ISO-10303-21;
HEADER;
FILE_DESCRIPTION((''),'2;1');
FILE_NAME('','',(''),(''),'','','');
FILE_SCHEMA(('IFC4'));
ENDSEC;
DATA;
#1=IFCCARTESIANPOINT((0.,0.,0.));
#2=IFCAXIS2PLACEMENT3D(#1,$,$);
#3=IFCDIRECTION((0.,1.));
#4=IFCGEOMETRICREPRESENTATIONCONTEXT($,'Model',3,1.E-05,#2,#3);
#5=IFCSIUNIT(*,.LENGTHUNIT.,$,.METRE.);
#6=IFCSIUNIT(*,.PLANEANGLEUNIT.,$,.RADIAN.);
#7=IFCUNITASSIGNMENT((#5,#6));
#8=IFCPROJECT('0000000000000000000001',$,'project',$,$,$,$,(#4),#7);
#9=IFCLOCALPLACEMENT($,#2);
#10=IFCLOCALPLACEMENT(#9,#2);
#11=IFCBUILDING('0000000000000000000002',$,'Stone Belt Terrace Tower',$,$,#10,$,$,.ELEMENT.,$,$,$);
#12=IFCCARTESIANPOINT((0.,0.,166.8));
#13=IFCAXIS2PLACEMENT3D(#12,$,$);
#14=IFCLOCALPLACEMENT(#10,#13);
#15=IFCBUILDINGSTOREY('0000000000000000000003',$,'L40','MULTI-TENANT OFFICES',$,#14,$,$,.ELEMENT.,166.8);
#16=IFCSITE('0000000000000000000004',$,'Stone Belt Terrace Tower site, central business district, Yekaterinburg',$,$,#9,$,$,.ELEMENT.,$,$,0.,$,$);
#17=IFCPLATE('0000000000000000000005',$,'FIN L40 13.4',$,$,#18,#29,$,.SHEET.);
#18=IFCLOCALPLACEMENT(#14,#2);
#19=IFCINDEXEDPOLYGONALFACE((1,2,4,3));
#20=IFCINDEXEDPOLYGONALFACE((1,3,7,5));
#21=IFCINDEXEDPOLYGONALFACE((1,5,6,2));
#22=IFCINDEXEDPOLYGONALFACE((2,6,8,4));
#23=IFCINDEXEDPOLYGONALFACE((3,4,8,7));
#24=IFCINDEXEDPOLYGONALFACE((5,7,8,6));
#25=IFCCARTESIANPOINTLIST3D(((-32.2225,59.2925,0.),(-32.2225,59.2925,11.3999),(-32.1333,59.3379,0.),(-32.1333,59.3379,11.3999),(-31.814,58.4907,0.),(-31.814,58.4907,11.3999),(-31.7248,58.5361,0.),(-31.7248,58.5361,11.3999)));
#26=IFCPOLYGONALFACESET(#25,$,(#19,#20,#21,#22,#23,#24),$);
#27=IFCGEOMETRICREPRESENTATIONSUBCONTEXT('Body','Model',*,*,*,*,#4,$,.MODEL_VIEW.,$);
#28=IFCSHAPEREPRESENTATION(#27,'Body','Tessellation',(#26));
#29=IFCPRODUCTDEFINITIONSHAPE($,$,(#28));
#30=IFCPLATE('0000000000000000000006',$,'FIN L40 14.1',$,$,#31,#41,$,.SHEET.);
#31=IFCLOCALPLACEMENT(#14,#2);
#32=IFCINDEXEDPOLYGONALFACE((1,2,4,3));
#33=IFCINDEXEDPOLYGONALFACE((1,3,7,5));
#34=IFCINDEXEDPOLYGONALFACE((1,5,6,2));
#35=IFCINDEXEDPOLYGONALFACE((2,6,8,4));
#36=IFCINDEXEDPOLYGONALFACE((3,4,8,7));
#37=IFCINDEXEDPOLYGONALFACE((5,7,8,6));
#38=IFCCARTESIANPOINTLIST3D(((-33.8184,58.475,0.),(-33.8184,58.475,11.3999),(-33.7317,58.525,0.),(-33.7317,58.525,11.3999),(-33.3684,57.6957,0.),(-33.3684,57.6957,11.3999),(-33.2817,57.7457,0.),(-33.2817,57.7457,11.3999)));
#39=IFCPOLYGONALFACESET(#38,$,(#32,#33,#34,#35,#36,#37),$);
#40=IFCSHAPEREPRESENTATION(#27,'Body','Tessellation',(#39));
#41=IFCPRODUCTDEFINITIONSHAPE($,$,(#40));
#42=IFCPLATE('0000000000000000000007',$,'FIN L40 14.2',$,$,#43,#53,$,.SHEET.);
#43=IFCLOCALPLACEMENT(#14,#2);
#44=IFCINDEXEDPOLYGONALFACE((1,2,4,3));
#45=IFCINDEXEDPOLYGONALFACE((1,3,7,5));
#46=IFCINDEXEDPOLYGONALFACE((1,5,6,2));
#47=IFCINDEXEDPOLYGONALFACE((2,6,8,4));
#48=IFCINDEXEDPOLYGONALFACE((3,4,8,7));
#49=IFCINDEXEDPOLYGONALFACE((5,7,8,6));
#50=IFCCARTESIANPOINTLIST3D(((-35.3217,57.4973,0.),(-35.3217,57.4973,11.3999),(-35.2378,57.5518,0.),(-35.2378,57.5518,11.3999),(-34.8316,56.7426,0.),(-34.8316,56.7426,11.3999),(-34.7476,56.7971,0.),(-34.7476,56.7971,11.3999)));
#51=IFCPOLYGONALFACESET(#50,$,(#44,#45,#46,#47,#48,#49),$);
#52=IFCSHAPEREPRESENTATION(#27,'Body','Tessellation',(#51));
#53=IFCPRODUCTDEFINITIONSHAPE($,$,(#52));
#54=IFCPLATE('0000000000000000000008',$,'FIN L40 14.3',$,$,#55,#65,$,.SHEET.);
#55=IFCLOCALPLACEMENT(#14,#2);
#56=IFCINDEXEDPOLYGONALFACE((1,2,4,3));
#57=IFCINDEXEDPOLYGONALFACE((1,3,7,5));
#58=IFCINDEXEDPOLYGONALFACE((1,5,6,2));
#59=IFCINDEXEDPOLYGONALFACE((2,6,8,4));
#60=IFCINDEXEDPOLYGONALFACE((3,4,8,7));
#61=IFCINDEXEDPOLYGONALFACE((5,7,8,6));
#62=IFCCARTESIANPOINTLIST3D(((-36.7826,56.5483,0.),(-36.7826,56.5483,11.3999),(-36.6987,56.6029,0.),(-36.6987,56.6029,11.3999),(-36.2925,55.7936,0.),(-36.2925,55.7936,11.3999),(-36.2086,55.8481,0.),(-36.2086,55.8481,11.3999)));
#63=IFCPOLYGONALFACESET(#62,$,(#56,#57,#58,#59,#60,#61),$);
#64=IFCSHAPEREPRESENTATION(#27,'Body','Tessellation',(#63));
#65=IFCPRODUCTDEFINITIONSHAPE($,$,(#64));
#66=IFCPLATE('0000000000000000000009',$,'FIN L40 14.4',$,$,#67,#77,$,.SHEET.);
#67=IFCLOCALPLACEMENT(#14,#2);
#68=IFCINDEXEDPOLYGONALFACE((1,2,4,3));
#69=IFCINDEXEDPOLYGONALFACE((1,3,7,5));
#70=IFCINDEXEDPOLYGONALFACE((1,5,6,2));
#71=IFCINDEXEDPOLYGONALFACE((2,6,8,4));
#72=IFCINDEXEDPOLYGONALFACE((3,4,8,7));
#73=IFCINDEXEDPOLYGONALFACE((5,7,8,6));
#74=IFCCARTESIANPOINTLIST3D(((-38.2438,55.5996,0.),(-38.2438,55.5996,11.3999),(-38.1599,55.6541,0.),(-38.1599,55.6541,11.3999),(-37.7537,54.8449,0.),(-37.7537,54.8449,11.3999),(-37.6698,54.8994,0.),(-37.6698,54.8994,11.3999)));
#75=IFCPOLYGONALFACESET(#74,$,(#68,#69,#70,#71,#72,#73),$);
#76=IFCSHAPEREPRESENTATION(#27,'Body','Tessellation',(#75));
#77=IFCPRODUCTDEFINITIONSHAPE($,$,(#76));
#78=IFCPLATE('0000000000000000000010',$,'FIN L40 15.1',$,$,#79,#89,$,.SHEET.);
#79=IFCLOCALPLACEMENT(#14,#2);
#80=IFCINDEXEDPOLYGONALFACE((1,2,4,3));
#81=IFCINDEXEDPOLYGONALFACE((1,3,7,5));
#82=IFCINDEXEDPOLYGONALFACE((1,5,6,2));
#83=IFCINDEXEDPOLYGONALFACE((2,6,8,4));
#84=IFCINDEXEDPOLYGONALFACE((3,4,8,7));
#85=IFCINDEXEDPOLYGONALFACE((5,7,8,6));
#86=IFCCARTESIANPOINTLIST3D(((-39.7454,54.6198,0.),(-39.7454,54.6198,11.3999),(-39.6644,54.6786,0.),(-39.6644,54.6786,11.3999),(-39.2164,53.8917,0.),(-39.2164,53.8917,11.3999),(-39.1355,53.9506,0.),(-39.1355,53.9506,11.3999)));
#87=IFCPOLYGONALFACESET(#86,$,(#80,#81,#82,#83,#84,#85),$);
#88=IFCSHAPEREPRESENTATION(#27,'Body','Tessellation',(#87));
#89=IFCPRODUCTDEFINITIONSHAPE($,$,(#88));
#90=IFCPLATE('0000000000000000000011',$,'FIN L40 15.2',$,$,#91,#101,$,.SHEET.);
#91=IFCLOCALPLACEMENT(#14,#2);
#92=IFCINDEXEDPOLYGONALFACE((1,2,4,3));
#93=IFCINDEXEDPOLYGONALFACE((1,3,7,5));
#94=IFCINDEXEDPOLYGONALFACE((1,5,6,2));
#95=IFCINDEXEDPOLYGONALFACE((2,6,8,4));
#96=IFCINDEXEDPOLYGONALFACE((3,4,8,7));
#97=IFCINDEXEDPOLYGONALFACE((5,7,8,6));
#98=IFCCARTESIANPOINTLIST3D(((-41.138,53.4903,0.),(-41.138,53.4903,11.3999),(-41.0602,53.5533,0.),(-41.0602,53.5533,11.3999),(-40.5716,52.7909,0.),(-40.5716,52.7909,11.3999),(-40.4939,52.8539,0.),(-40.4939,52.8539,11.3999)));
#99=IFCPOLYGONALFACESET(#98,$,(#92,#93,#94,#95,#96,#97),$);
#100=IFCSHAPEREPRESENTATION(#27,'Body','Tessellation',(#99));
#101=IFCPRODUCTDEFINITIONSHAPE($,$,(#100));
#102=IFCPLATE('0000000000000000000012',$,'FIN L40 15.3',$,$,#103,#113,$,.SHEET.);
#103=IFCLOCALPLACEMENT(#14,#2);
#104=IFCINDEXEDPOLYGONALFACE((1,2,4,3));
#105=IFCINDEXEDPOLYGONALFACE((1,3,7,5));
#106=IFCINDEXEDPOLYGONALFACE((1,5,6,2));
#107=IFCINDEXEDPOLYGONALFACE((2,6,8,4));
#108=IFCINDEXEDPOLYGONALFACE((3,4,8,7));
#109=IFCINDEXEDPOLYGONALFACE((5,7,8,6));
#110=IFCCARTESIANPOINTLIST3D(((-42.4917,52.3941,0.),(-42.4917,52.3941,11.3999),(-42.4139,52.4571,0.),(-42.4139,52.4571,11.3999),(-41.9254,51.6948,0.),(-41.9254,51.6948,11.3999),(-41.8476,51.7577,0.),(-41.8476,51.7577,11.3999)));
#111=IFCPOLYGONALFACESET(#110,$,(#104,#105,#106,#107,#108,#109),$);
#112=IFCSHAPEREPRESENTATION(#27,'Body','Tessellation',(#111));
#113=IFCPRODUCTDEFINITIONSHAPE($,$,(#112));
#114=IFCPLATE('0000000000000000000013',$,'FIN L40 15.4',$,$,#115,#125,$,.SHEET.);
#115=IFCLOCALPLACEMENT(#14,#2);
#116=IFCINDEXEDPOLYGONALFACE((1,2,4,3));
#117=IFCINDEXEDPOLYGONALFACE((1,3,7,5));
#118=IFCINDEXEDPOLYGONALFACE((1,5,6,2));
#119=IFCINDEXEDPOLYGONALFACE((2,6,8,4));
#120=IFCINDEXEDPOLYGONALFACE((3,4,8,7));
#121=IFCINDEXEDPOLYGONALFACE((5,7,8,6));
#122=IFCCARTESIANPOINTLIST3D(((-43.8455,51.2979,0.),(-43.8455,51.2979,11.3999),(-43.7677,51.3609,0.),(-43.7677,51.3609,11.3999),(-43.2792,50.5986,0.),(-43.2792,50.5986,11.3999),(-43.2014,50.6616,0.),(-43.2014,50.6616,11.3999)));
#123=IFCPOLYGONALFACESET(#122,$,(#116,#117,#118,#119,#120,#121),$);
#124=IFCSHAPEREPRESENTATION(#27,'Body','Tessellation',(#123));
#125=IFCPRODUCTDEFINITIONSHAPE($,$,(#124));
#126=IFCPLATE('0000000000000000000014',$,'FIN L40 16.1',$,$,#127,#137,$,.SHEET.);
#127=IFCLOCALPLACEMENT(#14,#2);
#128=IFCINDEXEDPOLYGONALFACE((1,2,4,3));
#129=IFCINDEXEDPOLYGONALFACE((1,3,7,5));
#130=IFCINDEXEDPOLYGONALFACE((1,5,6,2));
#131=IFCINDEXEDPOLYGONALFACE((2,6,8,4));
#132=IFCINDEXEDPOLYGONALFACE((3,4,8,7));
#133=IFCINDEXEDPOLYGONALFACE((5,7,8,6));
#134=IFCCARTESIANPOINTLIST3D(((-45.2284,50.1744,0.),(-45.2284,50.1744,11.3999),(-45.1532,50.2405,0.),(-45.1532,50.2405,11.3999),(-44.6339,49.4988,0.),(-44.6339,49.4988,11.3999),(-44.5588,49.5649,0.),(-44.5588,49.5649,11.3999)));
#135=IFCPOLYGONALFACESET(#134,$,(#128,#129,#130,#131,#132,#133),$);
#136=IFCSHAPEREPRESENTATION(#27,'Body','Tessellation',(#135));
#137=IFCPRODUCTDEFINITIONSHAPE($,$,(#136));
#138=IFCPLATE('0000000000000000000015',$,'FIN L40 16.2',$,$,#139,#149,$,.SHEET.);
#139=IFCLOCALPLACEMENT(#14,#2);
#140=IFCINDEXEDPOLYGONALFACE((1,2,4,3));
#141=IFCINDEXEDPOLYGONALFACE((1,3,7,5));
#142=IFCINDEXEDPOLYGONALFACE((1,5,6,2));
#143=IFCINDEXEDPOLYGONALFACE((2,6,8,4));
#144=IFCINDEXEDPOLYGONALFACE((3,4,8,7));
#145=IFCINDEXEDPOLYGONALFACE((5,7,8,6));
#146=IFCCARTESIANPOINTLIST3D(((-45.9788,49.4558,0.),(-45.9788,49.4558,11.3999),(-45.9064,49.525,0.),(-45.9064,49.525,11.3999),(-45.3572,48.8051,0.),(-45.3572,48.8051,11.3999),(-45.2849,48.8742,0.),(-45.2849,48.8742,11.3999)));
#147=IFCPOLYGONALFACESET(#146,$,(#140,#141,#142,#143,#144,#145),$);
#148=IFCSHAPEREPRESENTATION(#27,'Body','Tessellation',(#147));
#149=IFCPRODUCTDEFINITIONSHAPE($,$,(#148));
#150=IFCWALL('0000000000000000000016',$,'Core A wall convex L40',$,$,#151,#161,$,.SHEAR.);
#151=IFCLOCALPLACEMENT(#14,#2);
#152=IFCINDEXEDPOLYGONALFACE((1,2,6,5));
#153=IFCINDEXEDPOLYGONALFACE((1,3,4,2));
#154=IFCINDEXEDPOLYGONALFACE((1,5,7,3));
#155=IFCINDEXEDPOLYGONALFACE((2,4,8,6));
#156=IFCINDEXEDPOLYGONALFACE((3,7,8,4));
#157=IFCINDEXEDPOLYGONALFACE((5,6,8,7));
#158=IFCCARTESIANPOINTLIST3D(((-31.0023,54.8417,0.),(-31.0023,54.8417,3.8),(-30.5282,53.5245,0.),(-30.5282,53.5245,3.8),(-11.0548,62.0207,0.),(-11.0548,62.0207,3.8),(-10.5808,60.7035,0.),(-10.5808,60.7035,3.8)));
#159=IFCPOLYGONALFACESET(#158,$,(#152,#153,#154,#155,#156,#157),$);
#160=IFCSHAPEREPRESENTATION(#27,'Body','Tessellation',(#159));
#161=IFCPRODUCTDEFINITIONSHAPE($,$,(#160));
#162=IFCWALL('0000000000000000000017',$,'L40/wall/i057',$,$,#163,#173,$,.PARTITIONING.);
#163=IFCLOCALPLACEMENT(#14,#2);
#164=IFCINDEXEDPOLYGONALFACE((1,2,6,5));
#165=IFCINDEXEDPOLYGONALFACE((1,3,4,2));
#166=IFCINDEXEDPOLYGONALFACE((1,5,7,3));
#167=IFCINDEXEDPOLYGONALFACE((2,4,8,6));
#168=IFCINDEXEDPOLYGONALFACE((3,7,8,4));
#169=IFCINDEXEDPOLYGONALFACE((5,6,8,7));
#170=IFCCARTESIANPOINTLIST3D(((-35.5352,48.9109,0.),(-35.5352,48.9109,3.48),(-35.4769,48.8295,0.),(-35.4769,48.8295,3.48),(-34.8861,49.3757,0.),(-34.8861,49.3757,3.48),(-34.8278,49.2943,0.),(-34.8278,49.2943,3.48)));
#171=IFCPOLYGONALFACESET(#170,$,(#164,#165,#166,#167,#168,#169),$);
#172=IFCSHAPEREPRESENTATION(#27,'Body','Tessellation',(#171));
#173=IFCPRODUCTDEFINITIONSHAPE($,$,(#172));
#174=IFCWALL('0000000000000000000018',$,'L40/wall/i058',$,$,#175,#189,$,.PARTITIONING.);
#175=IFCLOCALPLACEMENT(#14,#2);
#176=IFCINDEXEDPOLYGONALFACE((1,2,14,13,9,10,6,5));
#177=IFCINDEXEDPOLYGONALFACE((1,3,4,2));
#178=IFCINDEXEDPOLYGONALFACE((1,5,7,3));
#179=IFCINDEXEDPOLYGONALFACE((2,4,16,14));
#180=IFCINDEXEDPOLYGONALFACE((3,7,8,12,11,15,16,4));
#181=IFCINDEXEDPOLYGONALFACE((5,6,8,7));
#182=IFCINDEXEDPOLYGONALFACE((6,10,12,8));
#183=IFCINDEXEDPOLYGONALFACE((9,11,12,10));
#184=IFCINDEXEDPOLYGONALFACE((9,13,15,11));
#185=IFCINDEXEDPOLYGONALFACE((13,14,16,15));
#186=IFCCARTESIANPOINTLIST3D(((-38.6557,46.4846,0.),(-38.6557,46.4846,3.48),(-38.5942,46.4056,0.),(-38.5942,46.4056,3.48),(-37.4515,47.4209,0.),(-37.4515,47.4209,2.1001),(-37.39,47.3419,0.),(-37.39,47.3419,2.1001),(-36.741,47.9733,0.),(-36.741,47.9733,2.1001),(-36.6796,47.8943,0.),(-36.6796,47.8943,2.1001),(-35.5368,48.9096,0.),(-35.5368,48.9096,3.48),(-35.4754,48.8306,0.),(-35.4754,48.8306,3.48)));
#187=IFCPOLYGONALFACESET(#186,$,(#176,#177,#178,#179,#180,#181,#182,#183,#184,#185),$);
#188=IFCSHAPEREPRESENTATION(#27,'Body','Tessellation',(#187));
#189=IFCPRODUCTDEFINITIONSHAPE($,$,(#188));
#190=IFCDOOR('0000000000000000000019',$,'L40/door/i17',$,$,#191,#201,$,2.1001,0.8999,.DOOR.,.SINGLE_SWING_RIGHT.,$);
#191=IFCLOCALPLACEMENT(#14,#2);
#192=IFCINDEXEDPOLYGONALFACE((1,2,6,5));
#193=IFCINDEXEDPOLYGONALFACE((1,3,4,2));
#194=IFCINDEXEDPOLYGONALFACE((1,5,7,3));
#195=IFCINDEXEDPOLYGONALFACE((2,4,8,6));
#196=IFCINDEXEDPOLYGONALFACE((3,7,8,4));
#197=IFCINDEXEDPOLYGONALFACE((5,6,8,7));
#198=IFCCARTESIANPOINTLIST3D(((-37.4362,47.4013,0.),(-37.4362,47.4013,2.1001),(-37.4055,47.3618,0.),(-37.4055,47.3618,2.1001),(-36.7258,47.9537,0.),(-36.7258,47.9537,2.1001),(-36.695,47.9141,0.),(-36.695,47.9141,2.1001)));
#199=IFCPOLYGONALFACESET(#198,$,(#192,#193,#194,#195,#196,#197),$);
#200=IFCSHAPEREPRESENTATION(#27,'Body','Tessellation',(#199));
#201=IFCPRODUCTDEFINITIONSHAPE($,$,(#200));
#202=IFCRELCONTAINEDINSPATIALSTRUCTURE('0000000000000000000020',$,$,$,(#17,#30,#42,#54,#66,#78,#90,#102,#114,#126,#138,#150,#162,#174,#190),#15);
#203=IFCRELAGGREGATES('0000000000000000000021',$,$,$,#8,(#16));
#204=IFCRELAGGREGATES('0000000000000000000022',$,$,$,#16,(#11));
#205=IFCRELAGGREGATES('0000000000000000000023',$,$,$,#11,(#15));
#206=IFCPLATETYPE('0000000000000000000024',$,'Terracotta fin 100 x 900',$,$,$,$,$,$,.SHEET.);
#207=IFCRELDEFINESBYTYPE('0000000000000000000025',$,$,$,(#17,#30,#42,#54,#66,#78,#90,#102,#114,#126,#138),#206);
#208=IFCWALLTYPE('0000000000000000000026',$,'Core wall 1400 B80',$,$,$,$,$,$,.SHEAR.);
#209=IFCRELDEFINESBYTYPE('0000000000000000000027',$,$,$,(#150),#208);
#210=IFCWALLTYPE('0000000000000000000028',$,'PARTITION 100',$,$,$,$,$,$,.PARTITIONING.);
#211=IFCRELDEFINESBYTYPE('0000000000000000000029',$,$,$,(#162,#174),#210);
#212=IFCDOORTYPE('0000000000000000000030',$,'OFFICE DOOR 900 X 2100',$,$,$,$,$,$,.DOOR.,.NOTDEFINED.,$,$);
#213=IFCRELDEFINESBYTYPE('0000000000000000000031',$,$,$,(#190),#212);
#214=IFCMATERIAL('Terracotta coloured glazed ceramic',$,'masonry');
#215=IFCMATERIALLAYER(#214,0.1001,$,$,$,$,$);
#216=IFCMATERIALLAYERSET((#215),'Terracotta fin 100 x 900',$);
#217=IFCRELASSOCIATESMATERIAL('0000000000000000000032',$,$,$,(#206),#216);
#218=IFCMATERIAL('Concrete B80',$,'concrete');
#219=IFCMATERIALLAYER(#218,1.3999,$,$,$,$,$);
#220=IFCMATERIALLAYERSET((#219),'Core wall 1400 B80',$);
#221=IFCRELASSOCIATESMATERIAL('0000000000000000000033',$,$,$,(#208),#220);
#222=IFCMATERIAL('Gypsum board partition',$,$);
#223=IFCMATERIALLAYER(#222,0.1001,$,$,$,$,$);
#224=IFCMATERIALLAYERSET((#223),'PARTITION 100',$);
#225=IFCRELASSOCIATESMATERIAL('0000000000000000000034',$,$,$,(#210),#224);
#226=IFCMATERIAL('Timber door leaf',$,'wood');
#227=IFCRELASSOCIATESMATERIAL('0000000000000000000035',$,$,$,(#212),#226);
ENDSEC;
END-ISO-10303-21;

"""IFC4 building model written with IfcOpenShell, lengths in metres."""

from ifc_helpers import new_model, si_unit, direction, frame, frame_2d, origin, origin_2d, place, context, subcontext, project, spatial, rectangle, extrude, material, layer, layer_set, type_object, element, fill, save


model = new_model("IFC4")

# Units and contexts
model_context = context("Model", 3, precision=1e-05, world=origin(), true_north=direction((0.0, 1.0)))
body_context = subcontext(model_context, "Body", "Model", "MODEL_VIEW")
ifc_project = project(units=[si_unit("LENGTHUNIT", "METRE"), si_unit("PLANEANGLEUNIT", "RADIAN")], contexts=[model_context])

# Site, building, storey
site_placement = place(None, origin())
site = spatial("IfcSite", under=ifc_project, at=site_placement, Name="Stone Belt Terrace Tower site, central business district, Yekaterinburg", CompositionType="ELEMENT", RefElevation=0.0)
building_placement = place(site_placement, origin())
building = spatial("IfcBuilding", under=site, at=building_placement, Name="Stone Belt Terrace Tower", CompositionType="ELEMENT")
storey_placement = place(building_placement, frame((0.0, 0.0, 166.8)))
storey = spatial("IfcBuildingStorey", under=building, at=storey_placement, Name="L40", Description="MULTI-TENANT OFFICES", CompositionType="ELEMENT", Elevation=166.8)

# Shared definitions
ifc_material_1 = material(Name="Concrete B80", Category="concrete")

# Plates
ifc_material_2 = material(Name="Terracotta coloured glazed ceramic", Category="masonry")
ifc_layer_1 = layer(ifc_material_2, 0.1001)
ifc_layer_set_1 = layer_set([ifc_layer_1], Name="Terracotta fin 100 x 900")
plate_type_1 = type_object("IfcPlateType", Name="Terracotta fin 100 x 900", PredefinedType="SHEET", material=ifc_layer_set_1)
for number, where, z_axis, x_axis, name in (
    (1, (-31.9736, 58.9143, 0.0), (0.0, 0.0, 1.0), (-0.45399, 0.891007, 0.0), "FIN L40 13.4"),
    (2, (-33.55, 58.1104, 0.0), (0.0, 0.0, 1.0), (-0.5, 0.866025, 0.0), "FIN L40 14.1"),
    (3, (-35.0347, 57.1472, 0.0), (0.0, 0.0, 1.0), (-0.544639, 0.838671, 0.0), "FIN L40 14.2"),
    (4, (-36.4956, 56.1982, 0.0), (0.0, 0.0, 1.0), (-0.544639, 0.838671, 0.0), "FIN L40 14.3"),
    (5, (-37.9568, 55.2495, 0.0), (0.0, 0.0, 1.0), (-0.544639, 0.838671, 0.0), "FIN L40 14.4"),
    (6, (-39.4404, 54.2852, 0.0), (0.0, 0.0, 1.0), (-0.587785, 0.809017, 0.0), "FIN L40 15.1"),
    (7, (-40.8159, 53.1721, 0.0), (0.0, 0.0, 1.0), (-0.62932, 0.777146, 0.0), "FIN L40 15.2"),
    (8, (-42.1697, 52.0759, 0.0), (0.0, 0.0, 1.0), (-0.62932, 0.777146, 0.0), "FIN L40 15.3"),
    (9, (-43.5234, 50.9797, 0.0), (0.0, 0.0, 1.0), (-0.62932, 0.777146, 0.0), "FIN L40 15.4"),
    (10, (-44.8936, 49.8696, 0.0), (0.0, 0.0, 1.0), (-0.660573, 0.750761, 0.0), "FIN L40 16.1"),
    (11, (-45.6318, 49.165, 0.0), (0.0, 0.0, 1.0), (-0.690721, 0.723121, 0.0), "FIN L40 16.2"),
):
    element("IfcPlate", number, at=place(storey_placement, frame(where, z_axis=z_axis, x_axis=x_axis)), inside=storey, type_object=plate_type_1, Name=name, PredefinedType="SHEET", context=body_context, shape_type="SweptSolid", body=[
        extrude(rectangle(XDim=0.8999, YDim=0.1001, at=origin_2d()), origin(), (0.0, 0.0, 1.0), 11.3999),
    ])

# Walls
ifc_layer_2 = layer(ifc_material_1, 1.3999)
ifc_layer_set_2 = layer_set([ifc_layer_2], Name="Core wall 1400 B80")
wall_type_1 = type_object("IfcWallType", Name="Core wall 1400 B80", PredefinedType="SHEAR", material=ifc_layer_set_2)
wall_1_placement = place(storey_placement, frame((-30.7654, 54.1831, 0.0), z_axis=(0.0, 0.0, 1.0), x_axis=(0.94092, 0.33863, 0.0)))
element("IfcWall", 12, at=wall_1_placement, inside=storey, type_object=wall_type_1, Name="Core A wall convex L40", PredefinedType="SHEAR", context=body_context, shape_type="SweptSolid", body=[
    extrude(rectangle(XDim=21.2, YDim=1.3999, at=frame_2d((10.6001, 0.0))), origin(), (0.0, 0.0, 1.0), 3.8),
])
ifc_material_3 = material(Name="Gypsum board partition")
ifc_layer_3 = layer(ifc_material_3, 0.1001)
ifc_layer_set_3 = layer_set([ifc_layer_3], Name="PARTITION 100")
wall_type_2 = type_object("IfcWallType", Name="PARTITION 100", PredefinedType="PARTITIONING", material=ifc_layer_set_3)
wall_2_placement = place(storey_placement, frame((-34.8569, 49.335, 0.0), z_axis=(0.0, 0.0, 1.0), x_axis=(-0.813051, -0.582192, 0.0)))
element("IfcWall", 13, at=wall_2_placement, inside=storey, type_object=wall_type_2, Name="L40/wall/i057", PredefinedType="PARTITIONING", context=body_context, shape_type="SweptSolid", body=[
    extrude(rectangle(XDim=0.7983, YDim=0.1001, at=frame_2d((0.3992, 0.0))), origin(), (0.0, 0.0, 1.0), 3.48),
])

# Wall, opening, door
wall_3_placement = place(storey_placement, frame((-35.5061, 48.8701, 0.0), z_axis=(0.0, 0.0, 1.0), x_axis=(-0.789445, -0.613821, 0.0)))
wall_3 = element("IfcWall", 14, at=wall_3_placement, inside=storey, type_object=wall_type_2, Name="L40/wall/i058", PredefinedType="PARTITIONING", context=body_context, shape_type="SweptSolid", body=[
    extrude(rectangle(XDim=3.9507, YDim=0.1001, at=frame_2d((1.9753, 0.0))), origin(), (0.0, 0.0, 1.0), 3.48),
])
opening_1_placement = place(wall_3_placement, frame((1.5254, 0.0, 0.0)))
opening_1 = element("IfcOpeningElement", 15, at=opening_1_placement, cuts=wall_3, PredefinedType="OPENING", context=body_context, shape_type="SweptSolid", body=[
    extrude(rectangle(XDim=0.8999, YDim=2.1001, at=frame_2d((0.45, 1.05))), frame((0.0, 0.0601, 0.0), z_axis=(0.0, -1.0, 0.0), x_axis=(1.0, 0.0, 0.0)), (0.0, 0.0, 1.0), 0.1201),
])
ifc_material_4 = material(Name="Timber door leaf", Category="wood")
door_type = type_object("IfcDoorType", Name="OFFICE DOOR 900 X 2100", OperationType="NOTDEFINED", PredefinedType="DOOR", material=ifc_material_4)
door_1_placement = place(opening_1_placement, origin())
door_1 = element("IfcDoor", 16, at=door_1_placement, inside=storey, type_object=door_type, Name="L40/door/i17", OperationType="SINGLE_SWING_RIGHT", OverallHeight=2.1001, OverallWidth=0.8999, PredefinedType="DOOR", context=body_context, shape_type="SweptSolid", body=[
    extrude(rectangle(XDim=0.8999, YDim=2.1001, at=frame_2d((0.45, 1.05))), frame((0.0, 0.0249, 0.0), z_axis=(0.0, -1.0, 0.0), x_axis=(1.0, 0.0, 0.0)), (0.0, 0.0, 1.0), 0.05),
])
fill(opening_1, door_1)

save(model, "model.ifc")
